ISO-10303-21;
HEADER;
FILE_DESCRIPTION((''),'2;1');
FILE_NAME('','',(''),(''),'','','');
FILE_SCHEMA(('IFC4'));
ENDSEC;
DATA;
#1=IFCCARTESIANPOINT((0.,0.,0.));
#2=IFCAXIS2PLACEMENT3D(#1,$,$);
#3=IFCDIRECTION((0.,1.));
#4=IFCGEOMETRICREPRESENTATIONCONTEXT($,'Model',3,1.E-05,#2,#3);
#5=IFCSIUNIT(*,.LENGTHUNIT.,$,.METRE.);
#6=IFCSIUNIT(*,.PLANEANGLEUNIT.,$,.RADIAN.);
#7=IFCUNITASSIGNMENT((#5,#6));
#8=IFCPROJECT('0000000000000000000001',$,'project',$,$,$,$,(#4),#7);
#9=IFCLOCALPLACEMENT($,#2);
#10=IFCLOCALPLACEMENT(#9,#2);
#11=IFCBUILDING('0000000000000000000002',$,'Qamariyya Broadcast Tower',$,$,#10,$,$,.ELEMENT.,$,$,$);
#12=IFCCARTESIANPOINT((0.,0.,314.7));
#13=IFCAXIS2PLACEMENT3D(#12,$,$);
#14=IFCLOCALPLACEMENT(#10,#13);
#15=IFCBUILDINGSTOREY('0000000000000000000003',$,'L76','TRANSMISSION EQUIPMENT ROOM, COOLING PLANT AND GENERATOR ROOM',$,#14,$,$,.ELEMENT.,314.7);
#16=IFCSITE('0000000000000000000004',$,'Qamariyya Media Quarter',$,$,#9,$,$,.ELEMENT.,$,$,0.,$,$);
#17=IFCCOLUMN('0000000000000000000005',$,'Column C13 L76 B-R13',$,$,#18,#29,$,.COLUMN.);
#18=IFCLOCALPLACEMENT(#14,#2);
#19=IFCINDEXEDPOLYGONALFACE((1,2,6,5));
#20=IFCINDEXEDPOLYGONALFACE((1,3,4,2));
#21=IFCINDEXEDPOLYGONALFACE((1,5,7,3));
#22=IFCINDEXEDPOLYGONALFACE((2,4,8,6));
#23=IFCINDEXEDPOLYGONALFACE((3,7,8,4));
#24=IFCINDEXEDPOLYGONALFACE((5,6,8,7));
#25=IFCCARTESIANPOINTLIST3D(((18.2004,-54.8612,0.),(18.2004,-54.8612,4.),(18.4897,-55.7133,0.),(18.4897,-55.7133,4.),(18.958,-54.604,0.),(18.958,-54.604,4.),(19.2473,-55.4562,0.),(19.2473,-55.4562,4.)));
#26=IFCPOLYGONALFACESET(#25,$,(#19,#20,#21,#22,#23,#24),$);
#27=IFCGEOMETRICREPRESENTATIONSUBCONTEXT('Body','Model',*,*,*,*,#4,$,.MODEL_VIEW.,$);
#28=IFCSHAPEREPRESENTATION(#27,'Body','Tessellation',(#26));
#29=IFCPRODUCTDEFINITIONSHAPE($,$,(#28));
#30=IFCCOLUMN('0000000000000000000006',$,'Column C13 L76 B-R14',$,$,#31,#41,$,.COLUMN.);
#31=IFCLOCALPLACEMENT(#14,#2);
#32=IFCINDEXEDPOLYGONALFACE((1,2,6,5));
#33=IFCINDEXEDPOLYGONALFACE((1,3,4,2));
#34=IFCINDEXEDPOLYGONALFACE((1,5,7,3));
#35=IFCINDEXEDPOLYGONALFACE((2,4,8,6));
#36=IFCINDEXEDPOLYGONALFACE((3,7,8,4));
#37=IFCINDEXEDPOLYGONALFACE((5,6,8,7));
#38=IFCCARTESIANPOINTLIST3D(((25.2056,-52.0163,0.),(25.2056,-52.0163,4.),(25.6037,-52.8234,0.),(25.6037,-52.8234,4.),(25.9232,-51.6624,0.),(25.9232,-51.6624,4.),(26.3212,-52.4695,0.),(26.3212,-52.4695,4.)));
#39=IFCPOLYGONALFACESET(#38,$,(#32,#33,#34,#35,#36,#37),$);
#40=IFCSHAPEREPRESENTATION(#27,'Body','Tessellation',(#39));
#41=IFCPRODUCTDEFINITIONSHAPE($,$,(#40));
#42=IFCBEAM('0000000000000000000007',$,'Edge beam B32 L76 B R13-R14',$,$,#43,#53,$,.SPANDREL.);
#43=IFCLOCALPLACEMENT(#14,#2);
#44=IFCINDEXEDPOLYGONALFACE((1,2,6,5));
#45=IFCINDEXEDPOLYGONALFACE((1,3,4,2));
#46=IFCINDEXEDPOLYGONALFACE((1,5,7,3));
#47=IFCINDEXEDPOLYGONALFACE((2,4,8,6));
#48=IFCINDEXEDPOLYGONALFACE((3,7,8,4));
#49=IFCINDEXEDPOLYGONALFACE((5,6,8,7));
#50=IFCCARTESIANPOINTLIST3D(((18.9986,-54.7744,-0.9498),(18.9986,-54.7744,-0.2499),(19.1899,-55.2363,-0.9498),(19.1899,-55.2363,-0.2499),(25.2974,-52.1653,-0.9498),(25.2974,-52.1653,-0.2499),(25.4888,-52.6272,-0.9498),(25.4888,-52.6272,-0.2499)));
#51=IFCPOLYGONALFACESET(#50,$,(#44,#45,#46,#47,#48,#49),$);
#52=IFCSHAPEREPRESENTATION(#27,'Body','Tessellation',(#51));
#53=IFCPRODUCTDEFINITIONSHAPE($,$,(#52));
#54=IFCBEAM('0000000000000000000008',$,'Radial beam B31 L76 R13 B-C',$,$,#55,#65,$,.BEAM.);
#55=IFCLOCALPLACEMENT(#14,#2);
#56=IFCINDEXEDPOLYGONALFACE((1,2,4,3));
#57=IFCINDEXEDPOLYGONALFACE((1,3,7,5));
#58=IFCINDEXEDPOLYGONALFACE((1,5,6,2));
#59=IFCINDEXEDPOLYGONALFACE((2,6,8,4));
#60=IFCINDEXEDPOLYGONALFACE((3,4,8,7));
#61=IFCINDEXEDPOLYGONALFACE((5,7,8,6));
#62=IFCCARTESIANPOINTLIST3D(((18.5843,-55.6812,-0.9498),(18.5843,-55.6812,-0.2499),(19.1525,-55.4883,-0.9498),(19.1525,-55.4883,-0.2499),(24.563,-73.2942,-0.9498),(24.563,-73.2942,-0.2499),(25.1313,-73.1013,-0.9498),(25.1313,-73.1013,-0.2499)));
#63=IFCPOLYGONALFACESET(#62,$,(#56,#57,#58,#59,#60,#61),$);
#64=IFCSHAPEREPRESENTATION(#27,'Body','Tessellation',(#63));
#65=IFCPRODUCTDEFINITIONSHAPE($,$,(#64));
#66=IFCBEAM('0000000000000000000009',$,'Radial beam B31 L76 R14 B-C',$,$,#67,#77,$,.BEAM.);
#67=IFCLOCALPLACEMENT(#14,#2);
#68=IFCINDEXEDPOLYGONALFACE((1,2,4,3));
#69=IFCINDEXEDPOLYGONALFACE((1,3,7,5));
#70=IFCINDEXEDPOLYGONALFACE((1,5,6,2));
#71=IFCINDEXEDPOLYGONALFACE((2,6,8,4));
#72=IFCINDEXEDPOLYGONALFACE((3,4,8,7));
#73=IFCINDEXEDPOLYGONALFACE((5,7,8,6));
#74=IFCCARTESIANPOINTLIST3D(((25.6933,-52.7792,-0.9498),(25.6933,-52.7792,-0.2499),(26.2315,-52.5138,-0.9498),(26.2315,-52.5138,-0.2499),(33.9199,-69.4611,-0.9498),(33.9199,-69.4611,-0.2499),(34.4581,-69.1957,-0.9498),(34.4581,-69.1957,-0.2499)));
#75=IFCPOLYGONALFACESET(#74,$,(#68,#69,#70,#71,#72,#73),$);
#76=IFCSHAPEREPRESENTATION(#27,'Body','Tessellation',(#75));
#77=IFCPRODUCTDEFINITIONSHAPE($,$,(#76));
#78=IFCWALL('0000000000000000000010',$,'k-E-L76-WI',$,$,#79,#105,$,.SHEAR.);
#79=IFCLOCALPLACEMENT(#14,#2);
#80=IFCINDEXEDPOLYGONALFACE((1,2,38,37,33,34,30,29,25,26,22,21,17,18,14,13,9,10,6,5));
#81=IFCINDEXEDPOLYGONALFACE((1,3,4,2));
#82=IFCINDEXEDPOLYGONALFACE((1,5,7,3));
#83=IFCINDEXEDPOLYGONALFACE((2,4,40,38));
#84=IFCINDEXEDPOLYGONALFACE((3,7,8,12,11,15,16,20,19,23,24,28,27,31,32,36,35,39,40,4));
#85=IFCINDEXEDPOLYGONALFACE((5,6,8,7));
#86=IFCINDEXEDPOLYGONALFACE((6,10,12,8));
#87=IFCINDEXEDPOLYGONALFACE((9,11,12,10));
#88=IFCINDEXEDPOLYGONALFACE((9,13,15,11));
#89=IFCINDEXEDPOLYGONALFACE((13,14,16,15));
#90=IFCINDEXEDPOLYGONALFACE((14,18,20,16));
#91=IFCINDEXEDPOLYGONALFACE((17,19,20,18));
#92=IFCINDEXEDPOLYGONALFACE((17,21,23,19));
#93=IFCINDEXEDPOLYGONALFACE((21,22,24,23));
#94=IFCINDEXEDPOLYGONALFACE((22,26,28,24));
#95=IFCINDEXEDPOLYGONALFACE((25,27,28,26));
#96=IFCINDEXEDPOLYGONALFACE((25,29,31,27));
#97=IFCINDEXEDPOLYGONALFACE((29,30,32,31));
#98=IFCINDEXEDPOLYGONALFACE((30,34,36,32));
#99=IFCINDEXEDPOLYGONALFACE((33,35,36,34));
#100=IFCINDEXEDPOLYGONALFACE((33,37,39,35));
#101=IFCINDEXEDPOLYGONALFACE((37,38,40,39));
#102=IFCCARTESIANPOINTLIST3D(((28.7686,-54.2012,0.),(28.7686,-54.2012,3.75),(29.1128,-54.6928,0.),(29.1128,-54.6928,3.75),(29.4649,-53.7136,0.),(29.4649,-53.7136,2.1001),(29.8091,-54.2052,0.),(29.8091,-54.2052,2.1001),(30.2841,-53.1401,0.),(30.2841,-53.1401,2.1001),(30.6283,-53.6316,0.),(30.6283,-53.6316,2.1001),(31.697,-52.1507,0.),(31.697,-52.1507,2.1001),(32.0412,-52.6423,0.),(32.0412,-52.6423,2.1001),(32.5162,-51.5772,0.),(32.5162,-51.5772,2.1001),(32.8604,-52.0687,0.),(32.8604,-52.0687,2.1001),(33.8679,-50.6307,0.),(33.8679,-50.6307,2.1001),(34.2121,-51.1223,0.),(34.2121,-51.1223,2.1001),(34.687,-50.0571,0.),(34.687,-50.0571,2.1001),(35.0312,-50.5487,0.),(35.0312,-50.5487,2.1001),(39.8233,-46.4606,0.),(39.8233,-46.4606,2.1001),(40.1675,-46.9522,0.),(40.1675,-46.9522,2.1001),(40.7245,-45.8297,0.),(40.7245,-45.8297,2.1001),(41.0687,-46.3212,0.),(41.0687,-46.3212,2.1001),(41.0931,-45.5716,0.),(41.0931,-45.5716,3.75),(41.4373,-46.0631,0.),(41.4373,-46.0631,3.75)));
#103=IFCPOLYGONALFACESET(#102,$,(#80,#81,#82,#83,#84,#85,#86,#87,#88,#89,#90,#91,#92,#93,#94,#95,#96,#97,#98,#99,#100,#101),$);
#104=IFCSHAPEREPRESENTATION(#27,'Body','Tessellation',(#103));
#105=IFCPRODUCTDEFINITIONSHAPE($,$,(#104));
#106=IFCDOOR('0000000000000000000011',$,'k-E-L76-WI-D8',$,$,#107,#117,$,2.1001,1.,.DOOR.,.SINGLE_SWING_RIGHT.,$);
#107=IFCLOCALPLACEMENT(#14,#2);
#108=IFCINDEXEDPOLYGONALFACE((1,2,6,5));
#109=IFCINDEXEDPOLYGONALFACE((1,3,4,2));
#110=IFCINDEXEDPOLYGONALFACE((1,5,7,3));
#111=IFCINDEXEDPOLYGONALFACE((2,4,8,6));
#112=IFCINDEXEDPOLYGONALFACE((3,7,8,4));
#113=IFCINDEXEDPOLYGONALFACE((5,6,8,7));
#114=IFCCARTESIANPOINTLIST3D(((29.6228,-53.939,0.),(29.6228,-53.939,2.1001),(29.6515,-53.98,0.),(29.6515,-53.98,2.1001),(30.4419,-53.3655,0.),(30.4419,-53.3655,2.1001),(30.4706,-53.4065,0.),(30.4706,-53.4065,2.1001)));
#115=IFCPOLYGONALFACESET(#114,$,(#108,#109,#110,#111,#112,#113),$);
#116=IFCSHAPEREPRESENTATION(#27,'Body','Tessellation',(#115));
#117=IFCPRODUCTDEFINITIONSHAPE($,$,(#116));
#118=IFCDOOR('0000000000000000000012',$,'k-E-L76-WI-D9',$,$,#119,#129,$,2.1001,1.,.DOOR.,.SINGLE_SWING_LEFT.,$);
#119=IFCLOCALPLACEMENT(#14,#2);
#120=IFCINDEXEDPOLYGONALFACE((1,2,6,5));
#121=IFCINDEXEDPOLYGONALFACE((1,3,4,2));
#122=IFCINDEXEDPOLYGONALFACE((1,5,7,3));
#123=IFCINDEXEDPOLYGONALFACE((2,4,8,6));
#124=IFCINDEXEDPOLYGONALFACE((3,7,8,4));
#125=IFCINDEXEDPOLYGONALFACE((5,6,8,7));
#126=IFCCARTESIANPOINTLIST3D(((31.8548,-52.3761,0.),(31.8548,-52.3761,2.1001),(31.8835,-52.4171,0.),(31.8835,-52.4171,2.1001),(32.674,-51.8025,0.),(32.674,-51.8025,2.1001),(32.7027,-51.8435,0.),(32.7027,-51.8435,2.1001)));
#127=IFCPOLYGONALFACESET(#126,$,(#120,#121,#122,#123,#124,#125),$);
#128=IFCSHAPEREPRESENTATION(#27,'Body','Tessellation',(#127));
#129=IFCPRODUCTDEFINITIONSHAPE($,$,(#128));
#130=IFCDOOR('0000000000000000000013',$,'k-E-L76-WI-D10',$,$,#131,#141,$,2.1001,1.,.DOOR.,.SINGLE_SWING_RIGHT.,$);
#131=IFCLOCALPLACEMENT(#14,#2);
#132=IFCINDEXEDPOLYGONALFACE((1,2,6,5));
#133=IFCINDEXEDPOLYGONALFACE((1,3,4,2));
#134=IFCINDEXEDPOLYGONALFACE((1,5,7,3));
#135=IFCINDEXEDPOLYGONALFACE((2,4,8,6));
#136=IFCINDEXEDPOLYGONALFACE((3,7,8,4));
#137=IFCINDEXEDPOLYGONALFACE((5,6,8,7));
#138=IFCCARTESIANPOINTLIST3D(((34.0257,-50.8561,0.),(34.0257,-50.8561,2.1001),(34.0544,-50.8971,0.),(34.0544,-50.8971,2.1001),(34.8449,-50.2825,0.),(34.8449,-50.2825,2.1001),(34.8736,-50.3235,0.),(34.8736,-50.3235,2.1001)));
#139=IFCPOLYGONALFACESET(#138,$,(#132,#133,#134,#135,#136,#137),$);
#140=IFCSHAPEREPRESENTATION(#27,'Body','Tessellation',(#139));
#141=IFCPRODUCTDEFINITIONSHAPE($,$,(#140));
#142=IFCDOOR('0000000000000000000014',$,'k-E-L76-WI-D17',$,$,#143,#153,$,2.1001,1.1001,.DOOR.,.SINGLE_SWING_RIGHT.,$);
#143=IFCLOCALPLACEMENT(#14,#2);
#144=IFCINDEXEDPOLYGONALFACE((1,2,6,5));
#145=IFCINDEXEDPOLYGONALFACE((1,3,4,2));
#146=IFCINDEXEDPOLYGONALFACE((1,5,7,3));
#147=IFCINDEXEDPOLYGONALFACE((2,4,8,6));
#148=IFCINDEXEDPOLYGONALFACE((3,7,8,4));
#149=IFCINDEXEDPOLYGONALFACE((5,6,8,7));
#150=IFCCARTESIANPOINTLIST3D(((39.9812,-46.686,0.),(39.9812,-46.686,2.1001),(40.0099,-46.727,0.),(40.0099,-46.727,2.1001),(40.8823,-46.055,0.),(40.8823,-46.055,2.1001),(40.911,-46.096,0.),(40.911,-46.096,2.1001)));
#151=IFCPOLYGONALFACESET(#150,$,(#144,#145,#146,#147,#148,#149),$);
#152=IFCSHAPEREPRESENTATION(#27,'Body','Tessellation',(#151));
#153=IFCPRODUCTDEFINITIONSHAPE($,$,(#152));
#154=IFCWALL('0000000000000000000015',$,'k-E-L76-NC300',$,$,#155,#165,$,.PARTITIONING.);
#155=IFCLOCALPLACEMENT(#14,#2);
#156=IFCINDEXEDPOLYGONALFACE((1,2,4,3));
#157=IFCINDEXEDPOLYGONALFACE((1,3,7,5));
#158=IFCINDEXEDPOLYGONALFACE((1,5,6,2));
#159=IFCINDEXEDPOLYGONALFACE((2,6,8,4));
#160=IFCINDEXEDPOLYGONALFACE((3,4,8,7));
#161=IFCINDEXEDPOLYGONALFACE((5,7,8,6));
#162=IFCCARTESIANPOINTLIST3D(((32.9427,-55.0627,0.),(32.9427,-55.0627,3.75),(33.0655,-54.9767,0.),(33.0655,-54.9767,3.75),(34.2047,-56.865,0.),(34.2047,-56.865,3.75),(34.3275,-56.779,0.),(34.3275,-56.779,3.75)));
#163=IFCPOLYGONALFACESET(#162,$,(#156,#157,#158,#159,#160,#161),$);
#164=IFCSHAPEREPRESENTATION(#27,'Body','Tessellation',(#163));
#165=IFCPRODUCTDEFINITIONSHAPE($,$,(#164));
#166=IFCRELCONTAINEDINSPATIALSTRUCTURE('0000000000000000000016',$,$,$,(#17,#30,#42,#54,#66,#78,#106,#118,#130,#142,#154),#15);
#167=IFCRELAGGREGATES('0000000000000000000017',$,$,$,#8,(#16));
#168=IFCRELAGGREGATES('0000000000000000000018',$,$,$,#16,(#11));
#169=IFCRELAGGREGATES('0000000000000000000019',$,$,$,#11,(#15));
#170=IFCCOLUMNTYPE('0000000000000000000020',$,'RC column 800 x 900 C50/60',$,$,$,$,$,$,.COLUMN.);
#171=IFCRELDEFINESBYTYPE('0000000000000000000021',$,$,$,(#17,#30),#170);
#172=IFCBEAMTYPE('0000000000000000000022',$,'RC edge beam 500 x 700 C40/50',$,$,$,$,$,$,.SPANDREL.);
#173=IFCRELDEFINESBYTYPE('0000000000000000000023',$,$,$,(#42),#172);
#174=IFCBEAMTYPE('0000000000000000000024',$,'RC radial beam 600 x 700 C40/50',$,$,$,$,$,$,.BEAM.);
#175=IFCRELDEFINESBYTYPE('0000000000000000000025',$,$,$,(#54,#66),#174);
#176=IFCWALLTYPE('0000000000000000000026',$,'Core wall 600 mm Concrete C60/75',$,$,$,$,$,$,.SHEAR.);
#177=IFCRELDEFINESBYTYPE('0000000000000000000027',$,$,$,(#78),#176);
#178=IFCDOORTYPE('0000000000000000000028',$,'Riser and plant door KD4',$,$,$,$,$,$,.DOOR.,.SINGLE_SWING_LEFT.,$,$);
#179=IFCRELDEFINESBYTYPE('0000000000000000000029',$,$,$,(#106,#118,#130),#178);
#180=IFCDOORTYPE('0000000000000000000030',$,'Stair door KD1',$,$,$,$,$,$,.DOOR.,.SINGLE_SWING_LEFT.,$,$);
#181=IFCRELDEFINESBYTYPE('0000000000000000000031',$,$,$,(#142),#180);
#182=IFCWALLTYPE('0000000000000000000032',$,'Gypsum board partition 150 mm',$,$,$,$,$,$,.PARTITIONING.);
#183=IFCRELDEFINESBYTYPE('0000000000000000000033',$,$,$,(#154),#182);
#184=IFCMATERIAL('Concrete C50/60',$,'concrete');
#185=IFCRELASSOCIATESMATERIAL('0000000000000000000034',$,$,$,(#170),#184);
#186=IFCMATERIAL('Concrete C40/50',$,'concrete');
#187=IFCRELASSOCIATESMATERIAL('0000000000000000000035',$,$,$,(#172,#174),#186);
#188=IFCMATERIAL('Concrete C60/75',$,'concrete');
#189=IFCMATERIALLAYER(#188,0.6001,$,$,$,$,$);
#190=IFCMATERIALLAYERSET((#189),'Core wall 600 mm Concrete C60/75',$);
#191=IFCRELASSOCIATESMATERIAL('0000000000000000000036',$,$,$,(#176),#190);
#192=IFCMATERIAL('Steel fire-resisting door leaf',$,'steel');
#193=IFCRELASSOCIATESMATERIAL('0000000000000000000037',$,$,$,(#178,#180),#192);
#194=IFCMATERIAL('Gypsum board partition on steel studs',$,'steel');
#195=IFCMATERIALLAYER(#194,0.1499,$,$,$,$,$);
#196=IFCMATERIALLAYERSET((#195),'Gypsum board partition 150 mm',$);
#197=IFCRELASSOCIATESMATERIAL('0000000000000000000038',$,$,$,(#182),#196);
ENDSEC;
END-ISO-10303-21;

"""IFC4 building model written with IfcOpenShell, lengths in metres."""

from ifc_helpers import new_model, si_unit, direction, frame, frame_2d, origin, origin_2d, place, context, subcontext, project, spatial, rectangle, extrude, material, layer, layer_set, material_profile, profile_set, type_object, element, fill, save


model = new_model("IFC4")

# Units and contexts
model_context = context("Model", 3, precision=1e-05, world=origin(), true_north=direction((0.0, 1.0)))
body_context = subcontext(model_context, "Body", "Model", "MODEL_VIEW")
ifc_project = project(units=[si_unit("LENGTHUNIT", "METRE"), si_unit("PLANEANGLEUNIT", "RADIAN")], contexts=[model_context])

# Site, building, storey
site_placement = place(None, origin())
site = spatial("IfcSite", under=ifc_project, at=site_placement, Name="Qamariyya Media Quarter", CompositionType="ELEMENT", RefElevation=0.0)
building_placement = place(site_placement, origin())
building = spatial("IfcBuilding", under=site, at=building_placement, Name="Qamariyya Broadcast Tower", CompositionType="ELEMENT")
storey_placement = place(building_placement, frame((0.0, 0.0, 314.7)))
storey = spatial("IfcBuildingStorey", under=building, at=storey_placement, Name="L76", Description="TRANSMISSION EQUIPMENT ROOM, COOLING PLANT AND GENERATOR ROOM", CompositionType="ELEMENT", Elevation=314.7)

# Columns
ifc_material_1 = material(Name="Concrete C50/60", Category="concrete")
ifc_material_profile_1 = material_profile(ifc_material_1, rectangle(XDim=0.8, YDim=0.8999, at=origin_2d()))
ifc_profile_set_1 = profile_set([ifc_material_profile_1], Name="Concrete C50/60")
column_type = type_object("IfcColumnType", Name="RC column 800 x 900 C50/60", PredefinedType="COLUMN", material=ifc_profile_set_1)
for number, where, z_axis, x_axis, name in (
    (1, (18.7239, -55.1587, 0.0), (0.0, 0.0, 1.0), (0.94693, 0.321439, 0.0), "Column C13 L76 B-R13"),
    (2, (25.7634, -52.2429, 0.0), (0.0, 0.0, 1.0), (0.896873, 0.442289, 0.0), "Column C13 L76 B-R14"),
):
    element("IfcColumn", number, at=place(storey_placement, frame(where, z_axis=z_axis, x_axis=x_axis)), inside=storey, type_object=column_type, Name=name, PredefinedType="COLUMN", context=body_context, shape_type="SweptSolid", body=[
        extrude(rectangle(XDim=0.8, YDim=0.8999, at=origin_2d()), origin(), (0.0, 0.0, 1.0), 4.0),
    ])

# Beams
ifc_material_2 = material(Name="Concrete C40/50", Category="concrete")
ifc_material_profile_2 = material_profile(ifc_material_2, rectangle(XDim=0.5, YDim=0.7, at=origin_2d()))
ifc_profile_set_2 = profile_set([ifc_material_profile_2], Name="Concrete C40/50")
beam_type_1 = type_object("IfcBeamType", Name="RC edge beam 500 x 700 C40/50", PredefinedType="SPANDREL", material=ifc_profile_set_2)
beam_placement = place(storey_placement, frame((19.0942, -55.0054, -0.5999), z_axis=(0.923876, 0.382692, 0.0), x_axis=(-0.382692, 0.923876, 0.0)))
element("IfcBeam", 3, at=beam_placement, inside=storey, type_object=beam_type_1, Name="Edge beam B32 L76 B R13-R14", PredefinedType="SPANDREL", context=body_context, shape_type="SweptSolid", body=[
    extrude(rectangle(XDim=0.5, YDim=0.7, at=origin_2d()), origin(), (0.0, 0.0, 1.0), 6.8179),
])
ifc_material_profile_3 = material_profile(ifc_material_2, rectangle(XDim=0.6001, YDim=0.7, at=origin_2d()))
ifc_profile_set_3 = profile_set([ifc_material_profile_3], Name="Concrete C40/50")
beam_type_2 = type_object("IfcBeamType", Name="RC radial beam 600 x 700 C40/50", PredefinedType="BEAM", material=ifc_profile_set_3)
for number, where, z_axis, x_axis, name in (
    (4, (18.8684, -55.5847, -0.5999), (0.321437, -0.946931, 0.0), (0.946931, 0.321437, 0.0), "Radial beam B31 L76 R13 B-C"),
    (5, (25.9624, -52.6465, -0.5999), (0.442287, -0.896873, 0.0), (0.896873, 0.442287, 0.0), "Radial beam B31 L76 R14 B-C"),
):
    element("IfcBeam", number, at=place(storey_placement, frame(where, z_axis=z_axis, x_axis=x_axis)), inside=storey, type_object=beam_type_2, Name=name, PredefinedType="BEAM", context=body_context, shape_type="SweptSolid", body=[
        extrude(rectangle(XDim=0.6001, YDim=0.7, at=origin_2d()), origin(), (0.0, 0.0, 1.0), 18.6001),
    ])

# Wall, openings, doors
ifc_material_3 = material(Name="Concrete C60/75", Category="concrete")
ifc_layer_1 = layer(ifc_material_3, 0.6001)
ifc_layer_set_1 = layer_set([ifc_layer_1], Name="Core wall 600 mm Concrete C60/75")
wall_type_1 = type_object("IfcWallType", Name="Core wall 600 mm Concrete C60/75", PredefinedType="SHEAR", material=ifc_layer_set_1)
wall_1_placement = place(storey_placement, frame((28.9407, -54.447, 0.0), z_axis=(0.0, 0.0, 1.0), x_axis=(0.819153, 0.573575, 0.0)))
wall_1 = element("IfcWall", 6, at=wall_1_placement, inside=storey, type_object=wall_type_1, Name="k-E-L76-WI", PredefinedType="SHEAR", context=body_context, shape_type="SweptSolid", body=[
    extrude(rectangle(XDim=15.0454, YDim=0.6001, at=frame_2d((7.5227, 0.0))), origin(), (0.0, 0.0, 1.0), 3.75),
])
opening_1_placement = place(wall_1_placement, frame((0.8501, 0.0, 0.0)))
opening_1 = element("IfcOpeningElement", 7, at=opening_1_placement, cuts=wall_1, PredefinedType="OPENING", context=body_context, shape_type="SweptSolid", body=[
    extrude(rectangle(XDim=1.0, YDim=2.1001, at=frame_2d((0.5, 1.05))), frame((0.0, 0.3101, 0.0), z_axis=(0.0, -1.0, 0.0), x_axis=(1.0, 0.0, 0.0)), (0.0, 0.0, 1.0), 0.6201),
])
opening_2_placement = place(wall_1_placement, frame((3.575, 0.0, 0.0)))
opening_2 = element("IfcOpeningElement", 8, at=opening_2_placement, cuts=wall_1, PredefinedType="OPENING", context=body_context, shape_type="SweptSolid", body=[
    extrude(rectangle(XDim=1.0, YDim=2.1001, at=frame_2d((0.5, 1.05))), frame((0.0, 0.3101, 0.0), z_axis=(0.0, -1.0, 0.0), x_axis=(1.0, 0.0, 0.0)), (0.0, 0.0, 1.0), 0.6201),
])
opening_3_placement = place(wall_1_placement, frame((6.2251, 0.0, 0.0)))
opening_3 = element("IfcOpeningElement", 9, at=opening_3_placement, cuts=wall_1, PredefinedType="OPENING", context=body_context, shape_type="SweptSolid", body=[
    extrude(rectangle(XDim=1.0, YDim=2.1001, at=frame_2d((0.5, 1.05))), frame((0.0, 0.3101, 0.0), z_axis=(0.0, -1.0, 0.0), x_axis=(1.0, 0.0, 0.0)), (0.0, 0.0, 1.0), 0.6201),
])
opening_4_placement = place(wall_1_placement, frame((13.4954, 0.0, 0.0)))
opening_4 = element("IfcOpeningElement", 10, at=opening_4_placement, cuts=wall_1, PredefinedType="OPENING", context=body_context, shape_type="SweptSolid", body=[
    extrude(rectangle(XDim=1.1001, YDim=2.1001, at=frame_2d((0.55, 1.05))), frame((0.0, 0.3101, 0.0), z_axis=(0.0, -1.0, 0.0), x_axis=(1.0, 0.0, 0.0)), (0.0, 0.0, 1.0), 0.6201),
])
ifc_material_4 = material(Name="Steel fire-resisting door leaf", Category="steel")
door_type_1 = type_object("IfcDoorType", Name="Riser and plant door KD4", OperationType="SINGLE_SWING_LEFT", PredefinedType="DOOR", material=ifc_material_4)
door_1_placement = place(opening_1_placement, origin())
door_1 = element("IfcDoor", 11, at=door_1_placement, inside=storey, type_object=door_type_1, Name="k-E-L76-WI-D8", OperationType="SINGLE_SWING_RIGHT", OverallHeight=2.1001, OverallWidth=1.0, PredefinedType="DOOR", context=body_context, shape_type="SweptSolid", body=[
    extrude(rectangle(XDim=1.0, YDim=2.1001, at=frame_2d((0.5, 1.05))), frame((0.0, 0.0249, 0.0), z_axis=(0.0, -1.0, 0.0), x_axis=(1.0, 0.0, 0.0)), (0.0, 0.0, 1.0), 0.05),
])
fill(opening_1, door_1)
door_2_placement = place(opening_2_placement, origin())
door_2 = element("IfcDoor", 12, at=door_2_placement, inside=storey, type_object=door_type_1, Name="k-E-L76-WI-D9", OperationType="SINGLE_SWING_LEFT", OverallHeight=2.1001, OverallWidth=1.0, PredefinedType="DOOR", context=body_context, shape_type="SweptSolid", body=[
    extrude(rectangle(XDim=1.0, YDim=2.1001, at=frame_2d((0.5, 1.05))), frame((0.0, 0.0249, 0.0), z_axis=(0.0, -1.0, 0.0), x_axis=(1.0, 0.0, 0.0)), (0.0, 0.0, 1.0), 0.05),
])
fill(opening_2, door_2)
door_3_placement = place(opening_3_placement, origin())
door_3 = element("IfcDoor", 13, at=door_3_placement, inside=storey, type_object=door_type_1, Name="k-E-L76-WI-D10", OperationType="SINGLE_SWING_RIGHT", OverallHeight=2.1001, OverallWidth=1.0, PredefinedType="DOOR", context=body_context, shape_type="SweptSolid", body=[
    extrude(rectangle(XDim=1.0, YDim=2.1001, at=frame_2d((0.5, 1.05))), frame((0.0, 0.0249, 0.0), z_axis=(0.0, -1.0, 0.0), x_axis=(1.0, 0.0, 0.0)), (0.0, 0.0, 1.0), 0.05),
])
fill(opening_3, door_3)
door_type_2 = type_object("IfcDoorType", Name="Stair door KD1", OperationType="SINGLE_SWING_LEFT", PredefinedType="DOOR", material=ifc_material_4)
door_4_placement = place(opening_4_placement, origin())
door_4 = element("IfcDoor", 14, at=door_4_placement, inside=storey, type_object=door_type_2, Name="k-E-L76-WI-D17", OperationType="SINGLE_SWING_RIGHT", OverallHeight=2.1001, OverallWidth=1.1001, PredefinedType="DOOR", context=body_context, shape_type="SweptSolid", body=[
    extrude(rectangle(XDim=1.1001, YDim=2.1001, at=frame_2d((0.55, 1.05))), frame((0.0, 0.0249, 0.0), z_axis=(0.0, -1.0, 0.0), x_axis=(1.0, 0.0, 0.0)), (0.0, 0.0, 1.0), 0.05),
])
fill(opening_4, door_4)

# Wall
ifc_material_5 = material(Name="Gypsum board partition on steel studs", Category="steel")
ifc_layer_2 = layer(ifc_material_5, 0.1499)
ifc_layer_set_2 = layer_set([ifc_layer_2], Name="Gypsum board partition 150 mm")
wall_type_2 = type_object("IfcWallType", Name="Gypsum board partition 150 mm", PredefinedType="PARTITIONING", material=ifc_layer_set_2)
for number, where, z_axis, x_axis, name in (
    (15, (34.2661, -56.822, 0.0), (0.0, 0.0, 1.0), (-0.573581, 0.819149, 0.0), "k-E-L76-NC300"),
):
    element("IfcWall", number, at=place(storey_placement, frame(where, z_axis=z_axis, x_axis=x_axis)), inside=storey, type_object=wall_type_2, Name=name, PredefinedType="PARTITIONING", context=body_context, shape_type="SweptSolid", body=[
        extrude(rectangle(XDim=2.2002, YDim=0.1499, at=frame_2d((1.1001, 0.0))), origin(), (0.0, 0.0, 1.0), 3.75),
    ])

save(model, "model.ifc")
